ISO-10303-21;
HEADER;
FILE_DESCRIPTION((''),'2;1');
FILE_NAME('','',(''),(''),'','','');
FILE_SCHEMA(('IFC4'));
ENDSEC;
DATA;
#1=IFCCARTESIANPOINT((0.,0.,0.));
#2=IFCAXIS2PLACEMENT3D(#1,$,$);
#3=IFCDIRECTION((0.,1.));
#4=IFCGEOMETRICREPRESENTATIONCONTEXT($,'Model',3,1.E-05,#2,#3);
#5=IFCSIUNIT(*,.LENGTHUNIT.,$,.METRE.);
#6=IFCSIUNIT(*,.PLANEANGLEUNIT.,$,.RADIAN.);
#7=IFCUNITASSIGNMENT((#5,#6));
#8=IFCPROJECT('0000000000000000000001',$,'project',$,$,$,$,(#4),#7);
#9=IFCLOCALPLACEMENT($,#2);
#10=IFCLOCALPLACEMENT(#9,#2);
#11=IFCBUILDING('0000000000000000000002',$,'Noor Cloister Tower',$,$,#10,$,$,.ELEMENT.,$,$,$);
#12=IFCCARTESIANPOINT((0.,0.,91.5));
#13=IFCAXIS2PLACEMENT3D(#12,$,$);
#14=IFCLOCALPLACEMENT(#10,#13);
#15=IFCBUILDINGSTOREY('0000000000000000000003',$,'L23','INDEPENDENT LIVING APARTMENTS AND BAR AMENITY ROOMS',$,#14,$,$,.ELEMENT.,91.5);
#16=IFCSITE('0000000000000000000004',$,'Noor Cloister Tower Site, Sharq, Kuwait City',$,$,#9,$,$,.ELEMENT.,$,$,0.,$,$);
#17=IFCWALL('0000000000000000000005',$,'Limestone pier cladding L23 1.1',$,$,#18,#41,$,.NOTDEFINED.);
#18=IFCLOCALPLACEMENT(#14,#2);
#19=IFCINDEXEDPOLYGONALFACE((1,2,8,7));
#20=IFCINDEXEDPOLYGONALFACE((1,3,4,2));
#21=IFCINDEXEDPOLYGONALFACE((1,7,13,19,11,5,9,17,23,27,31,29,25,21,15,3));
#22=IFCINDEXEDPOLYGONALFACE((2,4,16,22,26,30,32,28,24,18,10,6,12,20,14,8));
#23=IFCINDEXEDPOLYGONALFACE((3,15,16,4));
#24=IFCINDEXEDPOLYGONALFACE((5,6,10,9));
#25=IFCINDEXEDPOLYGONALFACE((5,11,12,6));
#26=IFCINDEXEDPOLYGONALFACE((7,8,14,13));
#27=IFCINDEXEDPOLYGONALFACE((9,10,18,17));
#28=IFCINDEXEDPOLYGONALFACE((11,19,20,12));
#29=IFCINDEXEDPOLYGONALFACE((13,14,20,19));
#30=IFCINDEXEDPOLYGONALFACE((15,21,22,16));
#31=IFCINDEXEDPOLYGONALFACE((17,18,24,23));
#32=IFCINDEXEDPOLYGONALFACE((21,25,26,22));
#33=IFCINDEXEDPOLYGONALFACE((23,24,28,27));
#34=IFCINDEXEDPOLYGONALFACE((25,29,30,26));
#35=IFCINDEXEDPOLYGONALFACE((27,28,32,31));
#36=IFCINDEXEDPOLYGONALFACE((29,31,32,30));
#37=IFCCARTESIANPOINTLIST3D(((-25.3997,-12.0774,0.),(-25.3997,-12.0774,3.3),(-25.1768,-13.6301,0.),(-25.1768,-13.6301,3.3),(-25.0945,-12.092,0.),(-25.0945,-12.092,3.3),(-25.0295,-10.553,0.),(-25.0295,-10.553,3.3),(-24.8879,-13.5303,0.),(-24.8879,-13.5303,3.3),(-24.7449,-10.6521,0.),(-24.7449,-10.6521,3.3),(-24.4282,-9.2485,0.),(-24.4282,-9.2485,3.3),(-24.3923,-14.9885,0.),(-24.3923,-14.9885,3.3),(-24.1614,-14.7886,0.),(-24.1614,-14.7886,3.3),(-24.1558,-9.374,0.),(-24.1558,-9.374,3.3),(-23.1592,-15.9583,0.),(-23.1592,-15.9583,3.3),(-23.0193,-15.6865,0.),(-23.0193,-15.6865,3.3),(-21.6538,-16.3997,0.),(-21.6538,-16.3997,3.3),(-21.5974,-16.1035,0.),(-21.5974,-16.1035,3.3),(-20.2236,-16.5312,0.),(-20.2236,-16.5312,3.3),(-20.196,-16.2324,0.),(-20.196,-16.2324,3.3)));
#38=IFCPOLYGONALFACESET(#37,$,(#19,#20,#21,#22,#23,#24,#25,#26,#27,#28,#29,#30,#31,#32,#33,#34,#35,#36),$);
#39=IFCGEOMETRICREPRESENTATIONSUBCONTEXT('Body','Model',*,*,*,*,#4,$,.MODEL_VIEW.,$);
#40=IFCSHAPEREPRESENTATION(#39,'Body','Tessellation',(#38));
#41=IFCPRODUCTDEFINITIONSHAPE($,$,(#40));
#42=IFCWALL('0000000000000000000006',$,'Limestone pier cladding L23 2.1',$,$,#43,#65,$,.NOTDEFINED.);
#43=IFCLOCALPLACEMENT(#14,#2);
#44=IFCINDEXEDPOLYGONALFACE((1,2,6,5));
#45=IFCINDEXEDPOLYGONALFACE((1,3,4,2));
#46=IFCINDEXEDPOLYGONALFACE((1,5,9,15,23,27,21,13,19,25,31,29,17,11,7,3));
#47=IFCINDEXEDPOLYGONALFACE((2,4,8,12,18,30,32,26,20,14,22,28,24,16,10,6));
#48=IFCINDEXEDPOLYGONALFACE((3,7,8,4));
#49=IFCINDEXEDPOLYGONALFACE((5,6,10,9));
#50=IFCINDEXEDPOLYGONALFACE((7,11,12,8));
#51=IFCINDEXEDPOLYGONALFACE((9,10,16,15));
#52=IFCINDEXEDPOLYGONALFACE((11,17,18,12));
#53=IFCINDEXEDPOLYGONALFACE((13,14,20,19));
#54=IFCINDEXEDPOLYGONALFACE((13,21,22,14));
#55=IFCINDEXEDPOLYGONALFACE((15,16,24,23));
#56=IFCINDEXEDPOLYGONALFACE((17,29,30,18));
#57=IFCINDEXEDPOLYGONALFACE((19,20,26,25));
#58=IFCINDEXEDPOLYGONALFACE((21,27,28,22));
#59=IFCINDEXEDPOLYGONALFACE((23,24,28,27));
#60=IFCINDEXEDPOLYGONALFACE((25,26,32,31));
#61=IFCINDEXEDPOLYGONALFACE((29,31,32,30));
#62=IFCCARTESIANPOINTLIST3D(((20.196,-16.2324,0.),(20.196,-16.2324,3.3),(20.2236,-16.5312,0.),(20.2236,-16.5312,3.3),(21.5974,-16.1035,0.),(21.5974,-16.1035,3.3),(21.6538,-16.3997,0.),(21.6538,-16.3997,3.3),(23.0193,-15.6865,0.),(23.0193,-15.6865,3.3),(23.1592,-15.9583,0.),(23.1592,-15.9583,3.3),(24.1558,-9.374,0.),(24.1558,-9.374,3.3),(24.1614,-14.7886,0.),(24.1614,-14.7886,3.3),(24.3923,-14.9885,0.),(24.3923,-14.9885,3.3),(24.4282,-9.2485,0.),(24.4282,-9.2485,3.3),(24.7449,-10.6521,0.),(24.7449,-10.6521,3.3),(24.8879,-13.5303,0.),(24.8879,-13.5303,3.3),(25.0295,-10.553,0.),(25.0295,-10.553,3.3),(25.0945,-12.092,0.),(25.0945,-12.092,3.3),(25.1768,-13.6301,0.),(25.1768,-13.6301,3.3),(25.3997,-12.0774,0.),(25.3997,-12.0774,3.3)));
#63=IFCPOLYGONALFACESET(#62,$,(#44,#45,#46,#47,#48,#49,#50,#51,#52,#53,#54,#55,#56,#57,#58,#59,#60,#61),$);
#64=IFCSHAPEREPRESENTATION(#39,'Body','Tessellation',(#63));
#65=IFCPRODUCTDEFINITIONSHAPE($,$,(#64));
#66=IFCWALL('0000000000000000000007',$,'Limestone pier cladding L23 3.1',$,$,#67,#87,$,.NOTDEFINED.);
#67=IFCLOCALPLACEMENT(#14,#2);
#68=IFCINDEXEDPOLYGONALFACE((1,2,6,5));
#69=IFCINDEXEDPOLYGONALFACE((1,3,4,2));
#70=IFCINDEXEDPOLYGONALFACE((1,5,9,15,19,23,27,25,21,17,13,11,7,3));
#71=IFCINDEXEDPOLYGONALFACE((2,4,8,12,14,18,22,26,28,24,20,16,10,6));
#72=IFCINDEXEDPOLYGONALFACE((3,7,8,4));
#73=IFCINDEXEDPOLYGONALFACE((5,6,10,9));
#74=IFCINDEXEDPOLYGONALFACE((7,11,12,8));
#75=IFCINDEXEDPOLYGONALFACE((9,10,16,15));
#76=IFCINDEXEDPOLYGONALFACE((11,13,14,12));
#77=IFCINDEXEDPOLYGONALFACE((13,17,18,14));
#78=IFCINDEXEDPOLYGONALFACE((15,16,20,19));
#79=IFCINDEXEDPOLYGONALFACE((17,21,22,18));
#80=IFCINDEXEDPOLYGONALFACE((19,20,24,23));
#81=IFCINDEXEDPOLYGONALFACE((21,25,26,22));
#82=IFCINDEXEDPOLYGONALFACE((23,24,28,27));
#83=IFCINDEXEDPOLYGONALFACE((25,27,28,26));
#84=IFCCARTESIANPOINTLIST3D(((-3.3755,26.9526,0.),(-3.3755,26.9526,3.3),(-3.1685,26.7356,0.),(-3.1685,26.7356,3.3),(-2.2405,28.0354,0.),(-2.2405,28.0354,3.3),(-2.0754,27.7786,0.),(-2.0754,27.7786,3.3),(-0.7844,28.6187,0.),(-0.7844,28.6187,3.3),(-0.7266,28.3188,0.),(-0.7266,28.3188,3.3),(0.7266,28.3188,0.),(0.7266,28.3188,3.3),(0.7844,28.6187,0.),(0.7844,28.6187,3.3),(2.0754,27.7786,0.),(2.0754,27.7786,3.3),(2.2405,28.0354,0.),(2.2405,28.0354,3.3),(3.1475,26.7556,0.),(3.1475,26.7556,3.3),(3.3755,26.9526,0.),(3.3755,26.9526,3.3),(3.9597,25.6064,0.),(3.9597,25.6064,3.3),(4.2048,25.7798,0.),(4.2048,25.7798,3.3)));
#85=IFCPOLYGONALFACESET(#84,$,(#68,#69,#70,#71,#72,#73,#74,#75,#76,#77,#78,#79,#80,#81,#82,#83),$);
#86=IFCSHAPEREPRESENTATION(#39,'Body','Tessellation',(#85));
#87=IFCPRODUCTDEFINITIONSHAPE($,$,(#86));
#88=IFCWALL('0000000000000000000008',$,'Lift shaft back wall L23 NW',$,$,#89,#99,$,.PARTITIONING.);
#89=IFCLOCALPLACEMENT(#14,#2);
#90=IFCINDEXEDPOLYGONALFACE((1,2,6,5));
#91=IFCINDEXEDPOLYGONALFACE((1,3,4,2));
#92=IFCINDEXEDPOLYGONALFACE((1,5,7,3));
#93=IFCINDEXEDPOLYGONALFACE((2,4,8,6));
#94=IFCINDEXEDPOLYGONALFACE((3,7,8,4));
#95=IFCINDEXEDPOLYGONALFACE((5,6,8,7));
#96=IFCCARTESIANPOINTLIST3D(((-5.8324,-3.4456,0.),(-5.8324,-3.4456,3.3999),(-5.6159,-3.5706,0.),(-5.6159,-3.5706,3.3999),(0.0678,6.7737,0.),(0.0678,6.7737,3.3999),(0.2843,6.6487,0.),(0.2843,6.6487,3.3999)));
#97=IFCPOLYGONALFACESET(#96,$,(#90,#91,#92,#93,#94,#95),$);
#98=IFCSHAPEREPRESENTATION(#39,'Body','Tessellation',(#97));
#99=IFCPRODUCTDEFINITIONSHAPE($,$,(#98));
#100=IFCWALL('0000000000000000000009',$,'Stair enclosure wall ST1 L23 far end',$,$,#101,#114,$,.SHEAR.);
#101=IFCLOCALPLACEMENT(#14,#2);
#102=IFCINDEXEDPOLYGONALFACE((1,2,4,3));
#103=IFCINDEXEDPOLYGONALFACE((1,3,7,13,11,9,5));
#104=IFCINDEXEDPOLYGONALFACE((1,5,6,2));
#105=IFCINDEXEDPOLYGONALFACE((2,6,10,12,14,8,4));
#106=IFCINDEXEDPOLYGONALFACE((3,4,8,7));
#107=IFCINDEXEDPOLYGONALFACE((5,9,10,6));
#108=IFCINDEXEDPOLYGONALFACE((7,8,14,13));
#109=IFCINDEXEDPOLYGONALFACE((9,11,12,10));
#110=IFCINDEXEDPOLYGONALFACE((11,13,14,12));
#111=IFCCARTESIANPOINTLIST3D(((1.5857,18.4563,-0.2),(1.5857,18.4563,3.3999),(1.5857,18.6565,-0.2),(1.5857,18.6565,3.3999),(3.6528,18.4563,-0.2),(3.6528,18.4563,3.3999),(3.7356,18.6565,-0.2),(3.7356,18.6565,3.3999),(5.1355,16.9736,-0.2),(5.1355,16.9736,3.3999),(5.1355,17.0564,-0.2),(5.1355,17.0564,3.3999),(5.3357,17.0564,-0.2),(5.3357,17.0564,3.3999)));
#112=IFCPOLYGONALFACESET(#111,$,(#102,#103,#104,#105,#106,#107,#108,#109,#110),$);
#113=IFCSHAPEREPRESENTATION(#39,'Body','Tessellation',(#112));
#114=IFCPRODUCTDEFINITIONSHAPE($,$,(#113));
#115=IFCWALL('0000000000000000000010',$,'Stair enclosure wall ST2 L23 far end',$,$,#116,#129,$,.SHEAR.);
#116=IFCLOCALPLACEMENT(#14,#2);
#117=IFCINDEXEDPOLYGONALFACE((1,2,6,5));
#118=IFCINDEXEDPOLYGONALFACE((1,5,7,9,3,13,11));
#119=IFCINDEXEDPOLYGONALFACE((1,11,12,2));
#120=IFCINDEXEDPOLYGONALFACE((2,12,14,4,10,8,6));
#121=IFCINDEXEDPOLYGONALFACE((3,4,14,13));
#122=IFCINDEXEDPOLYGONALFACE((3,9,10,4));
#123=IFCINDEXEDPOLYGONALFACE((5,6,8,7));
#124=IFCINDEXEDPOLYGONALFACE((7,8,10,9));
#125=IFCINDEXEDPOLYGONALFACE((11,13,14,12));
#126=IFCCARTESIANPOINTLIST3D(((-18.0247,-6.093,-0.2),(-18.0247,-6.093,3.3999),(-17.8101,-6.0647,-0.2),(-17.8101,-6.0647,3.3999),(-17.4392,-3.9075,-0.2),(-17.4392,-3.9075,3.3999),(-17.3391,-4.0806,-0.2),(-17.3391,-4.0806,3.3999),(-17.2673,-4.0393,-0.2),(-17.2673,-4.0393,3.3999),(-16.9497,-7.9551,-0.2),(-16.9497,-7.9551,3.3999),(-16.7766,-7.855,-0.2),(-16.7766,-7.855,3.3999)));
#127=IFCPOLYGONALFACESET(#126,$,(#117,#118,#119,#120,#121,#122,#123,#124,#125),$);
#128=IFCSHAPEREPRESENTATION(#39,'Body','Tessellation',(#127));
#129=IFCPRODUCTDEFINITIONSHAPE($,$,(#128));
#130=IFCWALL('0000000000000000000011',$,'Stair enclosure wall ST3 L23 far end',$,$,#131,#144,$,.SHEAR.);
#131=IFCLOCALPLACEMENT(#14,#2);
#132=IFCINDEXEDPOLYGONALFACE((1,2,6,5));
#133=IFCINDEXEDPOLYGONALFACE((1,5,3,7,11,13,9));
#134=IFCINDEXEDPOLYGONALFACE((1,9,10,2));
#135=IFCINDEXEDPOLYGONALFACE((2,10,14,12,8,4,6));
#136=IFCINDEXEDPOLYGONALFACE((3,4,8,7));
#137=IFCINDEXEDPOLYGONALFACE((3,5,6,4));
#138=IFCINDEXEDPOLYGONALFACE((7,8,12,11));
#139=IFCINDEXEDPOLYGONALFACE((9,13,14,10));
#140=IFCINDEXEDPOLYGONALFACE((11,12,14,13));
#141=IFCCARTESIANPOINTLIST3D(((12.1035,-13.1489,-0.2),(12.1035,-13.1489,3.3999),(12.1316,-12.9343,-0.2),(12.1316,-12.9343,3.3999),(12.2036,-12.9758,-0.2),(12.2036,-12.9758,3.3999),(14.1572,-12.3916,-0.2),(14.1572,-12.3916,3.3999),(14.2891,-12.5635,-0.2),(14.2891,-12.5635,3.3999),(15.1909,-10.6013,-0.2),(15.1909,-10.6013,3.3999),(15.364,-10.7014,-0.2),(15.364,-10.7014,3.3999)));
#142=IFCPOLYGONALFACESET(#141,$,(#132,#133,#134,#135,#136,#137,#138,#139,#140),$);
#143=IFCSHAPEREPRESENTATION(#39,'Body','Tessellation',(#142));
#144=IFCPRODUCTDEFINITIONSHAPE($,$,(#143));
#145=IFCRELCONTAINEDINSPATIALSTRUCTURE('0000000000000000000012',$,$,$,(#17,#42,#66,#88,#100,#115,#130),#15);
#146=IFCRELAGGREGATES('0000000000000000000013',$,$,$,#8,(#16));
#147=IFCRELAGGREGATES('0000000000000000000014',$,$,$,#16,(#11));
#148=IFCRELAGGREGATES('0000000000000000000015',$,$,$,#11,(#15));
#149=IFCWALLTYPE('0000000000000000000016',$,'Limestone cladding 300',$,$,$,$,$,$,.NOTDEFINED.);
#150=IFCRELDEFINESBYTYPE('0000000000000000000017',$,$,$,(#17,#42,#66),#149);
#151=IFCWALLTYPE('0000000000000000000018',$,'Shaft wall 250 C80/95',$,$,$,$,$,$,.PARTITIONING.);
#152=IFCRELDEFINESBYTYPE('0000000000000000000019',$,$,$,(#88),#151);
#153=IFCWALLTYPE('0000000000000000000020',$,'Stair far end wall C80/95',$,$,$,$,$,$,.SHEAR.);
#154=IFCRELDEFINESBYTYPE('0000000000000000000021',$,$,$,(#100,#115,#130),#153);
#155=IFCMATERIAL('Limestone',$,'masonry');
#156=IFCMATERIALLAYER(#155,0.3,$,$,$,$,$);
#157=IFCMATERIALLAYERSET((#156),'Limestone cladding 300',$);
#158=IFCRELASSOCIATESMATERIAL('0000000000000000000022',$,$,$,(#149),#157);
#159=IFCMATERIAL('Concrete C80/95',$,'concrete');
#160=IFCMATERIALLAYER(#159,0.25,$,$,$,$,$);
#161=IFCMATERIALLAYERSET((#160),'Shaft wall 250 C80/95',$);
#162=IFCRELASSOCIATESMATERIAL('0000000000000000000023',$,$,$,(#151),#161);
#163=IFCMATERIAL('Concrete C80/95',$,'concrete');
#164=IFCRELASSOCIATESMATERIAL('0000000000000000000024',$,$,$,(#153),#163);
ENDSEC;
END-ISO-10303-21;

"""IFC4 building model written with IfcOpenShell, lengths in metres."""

from ifc_helpers import new_model, si_unit, direction, frame, frame_2d, origin, place, context, subcontext, project, spatial, polyline, rectangle, outline, extrude, material, layer, layer_set, type_object, element, save


model = new_model("IFC4")

# Units and contexts
model_context = context("Model", 3, precision=1e-05, world=origin(), true_north=direction((0.0, 1.0)))
body_context = subcontext(model_context, "Body", "Model", "MODEL_VIEW")
ifc_project = project(units=[si_unit("LENGTHUNIT", "METRE"), si_unit("PLANEANGLEUNIT", "RADIAN")], contexts=[model_context])

# Site, building, storey
site_placement = place(None, origin())
site = spatial("IfcSite", under=ifc_project, at=site_placement, Name="Noor Cloister Tower Site, Sharq, Kuwait City", CompositionType="ELEMENT", RefElevation=0.0)
building_placement = place(site_placement, origin())
building = spatial("IfcBuilding", under=site, at=building_placement, Name="Noor Cloister Tower", CompositionType="ELEMENT")
storey_placement = place(building_placement, frame((0.0, 0.0, 91.5)))
storey = spatial("IfcBuildingStorey", under=building, at=storey_placement, Name="L23", Description="INDEPENDENT LIVING APARTMENTS AND BAR AMENITY ROOMS", CompositionType="ELEMENT", Elevation=91.5)

# Walls
ifc_material_1 = material(Name="Limestone", Category="masonry")
ifc_layer_1 = layer(ifc_material_1, 0.3)
ifc_layer_set_1 = layer_set([ifc_layer_1], Name="Limestone cladding 300")
wall_type_1 = type_object("IfcWallType", Name="Limestone cladding 300", PredefinedType="NOTDEFINED", material=ifc_layer_set_1)
wall_1_placement = place(storey_placement, origin())
element("IfcWall", 1, at=wall_1_placement, inside=storey, type_object=wall_type_1, Name="Limestone pier cladding L23 1.1", PredefinedType="NOTDEFINED", context=body_context, shape_type="SweptSolid", body=[
    extrude(outline(polyline([(-24.4282, -9.2485), (-25.0295, -10.553), (-25.3997, -12.0774), (-25.1768, -13.6301), (-24.3923, -14.9885), (-23.1592, -15.9583), (-21.6538, -16.3997), (-20.2236, -16.5312), (-20.196, -16.2324), (-21.5974, -16.1035), (-23.0193, -15.6865), (-24.1614, -14.7886), (-24.8879, -13.5303), (-25.0945, -12.092), (-24.7449, -10.6521), (-24.1558, -9.374), (-24.4282, -9.2485)])), origin(), (0.0, 0.0, 1.0), 3.3),
])
wall_2_placement = place(storey_placement, origin())
element("IfcWall", 2, at=wall_2_placement, inside=storey, type_object=wall_type_1, Name="Limestone pier cladding L23 2.1", PredefinedType="NOTDEFINED", context=body_context, shape_type="SweptSolid", body=[
    extrude(outline(polyline([(20.2236, -16.5312), (21.6538, -16.3997), (23.1592, -15.9583), (24.3923, -14.9885), (25.1768, -13.6301), (25.3997, -12.0774), (25.0295, -10.553), (24.4282, -9.2485), (24.1558, -9.374), (24.7449, -10.6521), (25.0945, -12.092), (24.8879, -13.5303), (24.1614, -14.7886), (23.0193, -15.6865), (21.5974, -16.1035), (20.196, -16.2324), (20.2236, -16.5312)])), origin(), (0.0, 0.0, 1.0), 3.3),
])
wall_3_placement = place(storey_placement, origin())
element("IfcWall", 3, at=wall_3_placement, inside=storey, type_object=wall_type_1, Name="Limestone pier cladding L23 3.1", PredefinedType="NOTDEFINED", context=body_context, shape_type="SweptSolid", body=[
    extrude(outline(polyline([(4.2048, 25.7798), (3.3755, 26.9526), (2.2405, 28.0354), (0.7844, 28.6187), (-0.7844, 28.6187), (-2.2405, 28.0354), (-3.3755, 26.9526), (-3.1685, 26.7356), (-2.0754, 27.7786), (-0.7266, 28.3188), (0.7266, 28.3188), (2.0754, 27.7786), (3.1475, 26.7556), (3.9597, 25.6064), (4.2048, 25.7798)])), origin(), (0.0, 0.0, 1.0), 3.3),
])
ifc_material_2 = material(Name="Concrete C80/95", Category="concrete")
ifc_layer_2 = layer(ifc_material_2, 0.25)
ifc_layer_set_2 = layer_set([ifc_layer_2], Name="Shaft wall 250 C80/95")
wall_type_2 = type_object("IfcWallType", Name="Shaft wall 250 C80/95", PredefinedType="PARTITIONING", material=ifc_layer_set_2)
wall_4_placement = place(storey_placement, frame((0.176, 6.7112, 0.0), z_axis=(0.0, 0.0, 1.0), x_axis=(-0.500004, -0.866023, 0.0)))
element("IfcWall", 4, at=wall_4_placement, inside=storey, type_object=wall_type_2, Name="Lift shaft back wall L23 NW", PredefinedType="PARTITIONING", context=body_context, shape_type="SweptSolid", body=[
    extrude(rectangle(XDim=11.8003, YDim=0.25, at=frame_2d((5.9001, 0.0))), origin(), (0.0, 0.0, 1.0), 3.3999),
])
ifc_material_3 = material(Name="Concrete C80/95", Category="concrete")
wall_type_3 = type_object("IfcWallType", Name="Stair far end wall C80/95", PredefinedType="SHEAR", material=ifc_material_3)
wall_5_placement = place(storey_placement, frame((0.0, 0.0, -0.2)))
element("IfcWall", 5, at=wall_5_placement, inside=storey, type_object=wall_type_3, Name="Stair enclosure wall ST1 L23 far end", PredefinedType="SHEAR", context=body_context, shape_type="SweptSolid", body=[
    extrude(outline(polyline([(5.3357, 17.0564), (3.7356, 18.6565), (1.5857, 18.6565), (1.5857, 18.4563), (3.6528, 18.4563), (5.1355, 16.9736), (5.1355, 17.0564), (5.1355, 17.0564), (5.1355, 17.0564), (5.1355, 17.0564), (5.1355, 17.0564), (5.1355, 17.0564), (5.1355, 17.0564), (5.1355, 17.0564), (5.1355, 17.0564), (5.1355, 17.0564), (5.1355, 17.0564), (5.1355, 17.0564), (5.1355, 17.0564), (5.1355, 17.0564), (5.1355, 17.0564), (5.1355, 17.0564), (5.1355, 17.0564), (5.3357, 17.0564)])), origin(), (0.0, 0.0, 1.0), 3.5999),
])
wall_6_placement = place(storey_placement, frame((0.0, 0.0, -0.2)))
element("IfcWall", 6, at=wall_6_placement, inside=storey, type_object=wall_type_3, Name="Stair enclosure wall ST2 L23 far end", PredefinedType="SHEAR", context=body_context, shape_type="SweptSolid", body=[
    extrude(outline(polyline([(-17.4392, -3.9075), (-18.0247, -6.093), (-16.9497, -7.9551), (-16.7766, -7.855), (-17.8101, -6.0647), (-17.2673, -4.0393), (-17.3391, -4.0806), (-17.3391, -4.0806), (-17.3391, -4.0806), (-17.3391, -4.0806), (-17.3391, -4.0806), (-17.3391, -4.0806), (-17.3391, -4.0806), (-17.3391, -4.0806), (-17.3391, -4.0806), (-17.3391, -4.0806), (-17.3391, -4.0806), (-17.3391, -4.0806), (-17.3391, -4.0806), (-17.3391, -4.0806), (-17.3391, -4.0806), (-17.3391, -4.0806), (-17.3391, -4.0806), (-17.4392, -3.9075)])), origin(), (0.0, 0.0, 1.0), 3.5999),
])
wall_7_placement = place(storey_placement, frame((0.0, 0.0, -0.2)))
element("IfcWall", 7, at=wall_7_placement, inside=storey, type_object=wall_type_3, Name="Stair enclosure wall ST3 L23 far end", PredefinedType="SHEAR", context=body_context, shape_type="SweptSolid", body=[
    extrude(outline(polyline([(12.1035, -13.1489), (14.2891, -12.5635), (15.364, -10.7014), (15.1909, -10.6013), (14.1572, -12.3916), (12.1316, -12.9343), (12.2036, -12.9758), (12.2036, -12.9758), (12.2036, -12.9758), (12.2036, -12.9758), (12.2036, -12.9758), (12.2036, -12.9758), (12.2036, -12.9758), (12.2036, -12.9758), (12.2036, -12.9758), (12.2036, -12.9758), (12.2036, -12.9758), (12.2036, -12.9758), (12.2036, -12.9758), (12.2036, -12.9758), (12.2036, -12.9758), (12.2036, -12.9758), (12.2036, -12.9758), (12.1035, -13.1489)])), origin(), (0.0, 0.0, 1.0), 3.5999),
])

save(model, "model.ifc")
